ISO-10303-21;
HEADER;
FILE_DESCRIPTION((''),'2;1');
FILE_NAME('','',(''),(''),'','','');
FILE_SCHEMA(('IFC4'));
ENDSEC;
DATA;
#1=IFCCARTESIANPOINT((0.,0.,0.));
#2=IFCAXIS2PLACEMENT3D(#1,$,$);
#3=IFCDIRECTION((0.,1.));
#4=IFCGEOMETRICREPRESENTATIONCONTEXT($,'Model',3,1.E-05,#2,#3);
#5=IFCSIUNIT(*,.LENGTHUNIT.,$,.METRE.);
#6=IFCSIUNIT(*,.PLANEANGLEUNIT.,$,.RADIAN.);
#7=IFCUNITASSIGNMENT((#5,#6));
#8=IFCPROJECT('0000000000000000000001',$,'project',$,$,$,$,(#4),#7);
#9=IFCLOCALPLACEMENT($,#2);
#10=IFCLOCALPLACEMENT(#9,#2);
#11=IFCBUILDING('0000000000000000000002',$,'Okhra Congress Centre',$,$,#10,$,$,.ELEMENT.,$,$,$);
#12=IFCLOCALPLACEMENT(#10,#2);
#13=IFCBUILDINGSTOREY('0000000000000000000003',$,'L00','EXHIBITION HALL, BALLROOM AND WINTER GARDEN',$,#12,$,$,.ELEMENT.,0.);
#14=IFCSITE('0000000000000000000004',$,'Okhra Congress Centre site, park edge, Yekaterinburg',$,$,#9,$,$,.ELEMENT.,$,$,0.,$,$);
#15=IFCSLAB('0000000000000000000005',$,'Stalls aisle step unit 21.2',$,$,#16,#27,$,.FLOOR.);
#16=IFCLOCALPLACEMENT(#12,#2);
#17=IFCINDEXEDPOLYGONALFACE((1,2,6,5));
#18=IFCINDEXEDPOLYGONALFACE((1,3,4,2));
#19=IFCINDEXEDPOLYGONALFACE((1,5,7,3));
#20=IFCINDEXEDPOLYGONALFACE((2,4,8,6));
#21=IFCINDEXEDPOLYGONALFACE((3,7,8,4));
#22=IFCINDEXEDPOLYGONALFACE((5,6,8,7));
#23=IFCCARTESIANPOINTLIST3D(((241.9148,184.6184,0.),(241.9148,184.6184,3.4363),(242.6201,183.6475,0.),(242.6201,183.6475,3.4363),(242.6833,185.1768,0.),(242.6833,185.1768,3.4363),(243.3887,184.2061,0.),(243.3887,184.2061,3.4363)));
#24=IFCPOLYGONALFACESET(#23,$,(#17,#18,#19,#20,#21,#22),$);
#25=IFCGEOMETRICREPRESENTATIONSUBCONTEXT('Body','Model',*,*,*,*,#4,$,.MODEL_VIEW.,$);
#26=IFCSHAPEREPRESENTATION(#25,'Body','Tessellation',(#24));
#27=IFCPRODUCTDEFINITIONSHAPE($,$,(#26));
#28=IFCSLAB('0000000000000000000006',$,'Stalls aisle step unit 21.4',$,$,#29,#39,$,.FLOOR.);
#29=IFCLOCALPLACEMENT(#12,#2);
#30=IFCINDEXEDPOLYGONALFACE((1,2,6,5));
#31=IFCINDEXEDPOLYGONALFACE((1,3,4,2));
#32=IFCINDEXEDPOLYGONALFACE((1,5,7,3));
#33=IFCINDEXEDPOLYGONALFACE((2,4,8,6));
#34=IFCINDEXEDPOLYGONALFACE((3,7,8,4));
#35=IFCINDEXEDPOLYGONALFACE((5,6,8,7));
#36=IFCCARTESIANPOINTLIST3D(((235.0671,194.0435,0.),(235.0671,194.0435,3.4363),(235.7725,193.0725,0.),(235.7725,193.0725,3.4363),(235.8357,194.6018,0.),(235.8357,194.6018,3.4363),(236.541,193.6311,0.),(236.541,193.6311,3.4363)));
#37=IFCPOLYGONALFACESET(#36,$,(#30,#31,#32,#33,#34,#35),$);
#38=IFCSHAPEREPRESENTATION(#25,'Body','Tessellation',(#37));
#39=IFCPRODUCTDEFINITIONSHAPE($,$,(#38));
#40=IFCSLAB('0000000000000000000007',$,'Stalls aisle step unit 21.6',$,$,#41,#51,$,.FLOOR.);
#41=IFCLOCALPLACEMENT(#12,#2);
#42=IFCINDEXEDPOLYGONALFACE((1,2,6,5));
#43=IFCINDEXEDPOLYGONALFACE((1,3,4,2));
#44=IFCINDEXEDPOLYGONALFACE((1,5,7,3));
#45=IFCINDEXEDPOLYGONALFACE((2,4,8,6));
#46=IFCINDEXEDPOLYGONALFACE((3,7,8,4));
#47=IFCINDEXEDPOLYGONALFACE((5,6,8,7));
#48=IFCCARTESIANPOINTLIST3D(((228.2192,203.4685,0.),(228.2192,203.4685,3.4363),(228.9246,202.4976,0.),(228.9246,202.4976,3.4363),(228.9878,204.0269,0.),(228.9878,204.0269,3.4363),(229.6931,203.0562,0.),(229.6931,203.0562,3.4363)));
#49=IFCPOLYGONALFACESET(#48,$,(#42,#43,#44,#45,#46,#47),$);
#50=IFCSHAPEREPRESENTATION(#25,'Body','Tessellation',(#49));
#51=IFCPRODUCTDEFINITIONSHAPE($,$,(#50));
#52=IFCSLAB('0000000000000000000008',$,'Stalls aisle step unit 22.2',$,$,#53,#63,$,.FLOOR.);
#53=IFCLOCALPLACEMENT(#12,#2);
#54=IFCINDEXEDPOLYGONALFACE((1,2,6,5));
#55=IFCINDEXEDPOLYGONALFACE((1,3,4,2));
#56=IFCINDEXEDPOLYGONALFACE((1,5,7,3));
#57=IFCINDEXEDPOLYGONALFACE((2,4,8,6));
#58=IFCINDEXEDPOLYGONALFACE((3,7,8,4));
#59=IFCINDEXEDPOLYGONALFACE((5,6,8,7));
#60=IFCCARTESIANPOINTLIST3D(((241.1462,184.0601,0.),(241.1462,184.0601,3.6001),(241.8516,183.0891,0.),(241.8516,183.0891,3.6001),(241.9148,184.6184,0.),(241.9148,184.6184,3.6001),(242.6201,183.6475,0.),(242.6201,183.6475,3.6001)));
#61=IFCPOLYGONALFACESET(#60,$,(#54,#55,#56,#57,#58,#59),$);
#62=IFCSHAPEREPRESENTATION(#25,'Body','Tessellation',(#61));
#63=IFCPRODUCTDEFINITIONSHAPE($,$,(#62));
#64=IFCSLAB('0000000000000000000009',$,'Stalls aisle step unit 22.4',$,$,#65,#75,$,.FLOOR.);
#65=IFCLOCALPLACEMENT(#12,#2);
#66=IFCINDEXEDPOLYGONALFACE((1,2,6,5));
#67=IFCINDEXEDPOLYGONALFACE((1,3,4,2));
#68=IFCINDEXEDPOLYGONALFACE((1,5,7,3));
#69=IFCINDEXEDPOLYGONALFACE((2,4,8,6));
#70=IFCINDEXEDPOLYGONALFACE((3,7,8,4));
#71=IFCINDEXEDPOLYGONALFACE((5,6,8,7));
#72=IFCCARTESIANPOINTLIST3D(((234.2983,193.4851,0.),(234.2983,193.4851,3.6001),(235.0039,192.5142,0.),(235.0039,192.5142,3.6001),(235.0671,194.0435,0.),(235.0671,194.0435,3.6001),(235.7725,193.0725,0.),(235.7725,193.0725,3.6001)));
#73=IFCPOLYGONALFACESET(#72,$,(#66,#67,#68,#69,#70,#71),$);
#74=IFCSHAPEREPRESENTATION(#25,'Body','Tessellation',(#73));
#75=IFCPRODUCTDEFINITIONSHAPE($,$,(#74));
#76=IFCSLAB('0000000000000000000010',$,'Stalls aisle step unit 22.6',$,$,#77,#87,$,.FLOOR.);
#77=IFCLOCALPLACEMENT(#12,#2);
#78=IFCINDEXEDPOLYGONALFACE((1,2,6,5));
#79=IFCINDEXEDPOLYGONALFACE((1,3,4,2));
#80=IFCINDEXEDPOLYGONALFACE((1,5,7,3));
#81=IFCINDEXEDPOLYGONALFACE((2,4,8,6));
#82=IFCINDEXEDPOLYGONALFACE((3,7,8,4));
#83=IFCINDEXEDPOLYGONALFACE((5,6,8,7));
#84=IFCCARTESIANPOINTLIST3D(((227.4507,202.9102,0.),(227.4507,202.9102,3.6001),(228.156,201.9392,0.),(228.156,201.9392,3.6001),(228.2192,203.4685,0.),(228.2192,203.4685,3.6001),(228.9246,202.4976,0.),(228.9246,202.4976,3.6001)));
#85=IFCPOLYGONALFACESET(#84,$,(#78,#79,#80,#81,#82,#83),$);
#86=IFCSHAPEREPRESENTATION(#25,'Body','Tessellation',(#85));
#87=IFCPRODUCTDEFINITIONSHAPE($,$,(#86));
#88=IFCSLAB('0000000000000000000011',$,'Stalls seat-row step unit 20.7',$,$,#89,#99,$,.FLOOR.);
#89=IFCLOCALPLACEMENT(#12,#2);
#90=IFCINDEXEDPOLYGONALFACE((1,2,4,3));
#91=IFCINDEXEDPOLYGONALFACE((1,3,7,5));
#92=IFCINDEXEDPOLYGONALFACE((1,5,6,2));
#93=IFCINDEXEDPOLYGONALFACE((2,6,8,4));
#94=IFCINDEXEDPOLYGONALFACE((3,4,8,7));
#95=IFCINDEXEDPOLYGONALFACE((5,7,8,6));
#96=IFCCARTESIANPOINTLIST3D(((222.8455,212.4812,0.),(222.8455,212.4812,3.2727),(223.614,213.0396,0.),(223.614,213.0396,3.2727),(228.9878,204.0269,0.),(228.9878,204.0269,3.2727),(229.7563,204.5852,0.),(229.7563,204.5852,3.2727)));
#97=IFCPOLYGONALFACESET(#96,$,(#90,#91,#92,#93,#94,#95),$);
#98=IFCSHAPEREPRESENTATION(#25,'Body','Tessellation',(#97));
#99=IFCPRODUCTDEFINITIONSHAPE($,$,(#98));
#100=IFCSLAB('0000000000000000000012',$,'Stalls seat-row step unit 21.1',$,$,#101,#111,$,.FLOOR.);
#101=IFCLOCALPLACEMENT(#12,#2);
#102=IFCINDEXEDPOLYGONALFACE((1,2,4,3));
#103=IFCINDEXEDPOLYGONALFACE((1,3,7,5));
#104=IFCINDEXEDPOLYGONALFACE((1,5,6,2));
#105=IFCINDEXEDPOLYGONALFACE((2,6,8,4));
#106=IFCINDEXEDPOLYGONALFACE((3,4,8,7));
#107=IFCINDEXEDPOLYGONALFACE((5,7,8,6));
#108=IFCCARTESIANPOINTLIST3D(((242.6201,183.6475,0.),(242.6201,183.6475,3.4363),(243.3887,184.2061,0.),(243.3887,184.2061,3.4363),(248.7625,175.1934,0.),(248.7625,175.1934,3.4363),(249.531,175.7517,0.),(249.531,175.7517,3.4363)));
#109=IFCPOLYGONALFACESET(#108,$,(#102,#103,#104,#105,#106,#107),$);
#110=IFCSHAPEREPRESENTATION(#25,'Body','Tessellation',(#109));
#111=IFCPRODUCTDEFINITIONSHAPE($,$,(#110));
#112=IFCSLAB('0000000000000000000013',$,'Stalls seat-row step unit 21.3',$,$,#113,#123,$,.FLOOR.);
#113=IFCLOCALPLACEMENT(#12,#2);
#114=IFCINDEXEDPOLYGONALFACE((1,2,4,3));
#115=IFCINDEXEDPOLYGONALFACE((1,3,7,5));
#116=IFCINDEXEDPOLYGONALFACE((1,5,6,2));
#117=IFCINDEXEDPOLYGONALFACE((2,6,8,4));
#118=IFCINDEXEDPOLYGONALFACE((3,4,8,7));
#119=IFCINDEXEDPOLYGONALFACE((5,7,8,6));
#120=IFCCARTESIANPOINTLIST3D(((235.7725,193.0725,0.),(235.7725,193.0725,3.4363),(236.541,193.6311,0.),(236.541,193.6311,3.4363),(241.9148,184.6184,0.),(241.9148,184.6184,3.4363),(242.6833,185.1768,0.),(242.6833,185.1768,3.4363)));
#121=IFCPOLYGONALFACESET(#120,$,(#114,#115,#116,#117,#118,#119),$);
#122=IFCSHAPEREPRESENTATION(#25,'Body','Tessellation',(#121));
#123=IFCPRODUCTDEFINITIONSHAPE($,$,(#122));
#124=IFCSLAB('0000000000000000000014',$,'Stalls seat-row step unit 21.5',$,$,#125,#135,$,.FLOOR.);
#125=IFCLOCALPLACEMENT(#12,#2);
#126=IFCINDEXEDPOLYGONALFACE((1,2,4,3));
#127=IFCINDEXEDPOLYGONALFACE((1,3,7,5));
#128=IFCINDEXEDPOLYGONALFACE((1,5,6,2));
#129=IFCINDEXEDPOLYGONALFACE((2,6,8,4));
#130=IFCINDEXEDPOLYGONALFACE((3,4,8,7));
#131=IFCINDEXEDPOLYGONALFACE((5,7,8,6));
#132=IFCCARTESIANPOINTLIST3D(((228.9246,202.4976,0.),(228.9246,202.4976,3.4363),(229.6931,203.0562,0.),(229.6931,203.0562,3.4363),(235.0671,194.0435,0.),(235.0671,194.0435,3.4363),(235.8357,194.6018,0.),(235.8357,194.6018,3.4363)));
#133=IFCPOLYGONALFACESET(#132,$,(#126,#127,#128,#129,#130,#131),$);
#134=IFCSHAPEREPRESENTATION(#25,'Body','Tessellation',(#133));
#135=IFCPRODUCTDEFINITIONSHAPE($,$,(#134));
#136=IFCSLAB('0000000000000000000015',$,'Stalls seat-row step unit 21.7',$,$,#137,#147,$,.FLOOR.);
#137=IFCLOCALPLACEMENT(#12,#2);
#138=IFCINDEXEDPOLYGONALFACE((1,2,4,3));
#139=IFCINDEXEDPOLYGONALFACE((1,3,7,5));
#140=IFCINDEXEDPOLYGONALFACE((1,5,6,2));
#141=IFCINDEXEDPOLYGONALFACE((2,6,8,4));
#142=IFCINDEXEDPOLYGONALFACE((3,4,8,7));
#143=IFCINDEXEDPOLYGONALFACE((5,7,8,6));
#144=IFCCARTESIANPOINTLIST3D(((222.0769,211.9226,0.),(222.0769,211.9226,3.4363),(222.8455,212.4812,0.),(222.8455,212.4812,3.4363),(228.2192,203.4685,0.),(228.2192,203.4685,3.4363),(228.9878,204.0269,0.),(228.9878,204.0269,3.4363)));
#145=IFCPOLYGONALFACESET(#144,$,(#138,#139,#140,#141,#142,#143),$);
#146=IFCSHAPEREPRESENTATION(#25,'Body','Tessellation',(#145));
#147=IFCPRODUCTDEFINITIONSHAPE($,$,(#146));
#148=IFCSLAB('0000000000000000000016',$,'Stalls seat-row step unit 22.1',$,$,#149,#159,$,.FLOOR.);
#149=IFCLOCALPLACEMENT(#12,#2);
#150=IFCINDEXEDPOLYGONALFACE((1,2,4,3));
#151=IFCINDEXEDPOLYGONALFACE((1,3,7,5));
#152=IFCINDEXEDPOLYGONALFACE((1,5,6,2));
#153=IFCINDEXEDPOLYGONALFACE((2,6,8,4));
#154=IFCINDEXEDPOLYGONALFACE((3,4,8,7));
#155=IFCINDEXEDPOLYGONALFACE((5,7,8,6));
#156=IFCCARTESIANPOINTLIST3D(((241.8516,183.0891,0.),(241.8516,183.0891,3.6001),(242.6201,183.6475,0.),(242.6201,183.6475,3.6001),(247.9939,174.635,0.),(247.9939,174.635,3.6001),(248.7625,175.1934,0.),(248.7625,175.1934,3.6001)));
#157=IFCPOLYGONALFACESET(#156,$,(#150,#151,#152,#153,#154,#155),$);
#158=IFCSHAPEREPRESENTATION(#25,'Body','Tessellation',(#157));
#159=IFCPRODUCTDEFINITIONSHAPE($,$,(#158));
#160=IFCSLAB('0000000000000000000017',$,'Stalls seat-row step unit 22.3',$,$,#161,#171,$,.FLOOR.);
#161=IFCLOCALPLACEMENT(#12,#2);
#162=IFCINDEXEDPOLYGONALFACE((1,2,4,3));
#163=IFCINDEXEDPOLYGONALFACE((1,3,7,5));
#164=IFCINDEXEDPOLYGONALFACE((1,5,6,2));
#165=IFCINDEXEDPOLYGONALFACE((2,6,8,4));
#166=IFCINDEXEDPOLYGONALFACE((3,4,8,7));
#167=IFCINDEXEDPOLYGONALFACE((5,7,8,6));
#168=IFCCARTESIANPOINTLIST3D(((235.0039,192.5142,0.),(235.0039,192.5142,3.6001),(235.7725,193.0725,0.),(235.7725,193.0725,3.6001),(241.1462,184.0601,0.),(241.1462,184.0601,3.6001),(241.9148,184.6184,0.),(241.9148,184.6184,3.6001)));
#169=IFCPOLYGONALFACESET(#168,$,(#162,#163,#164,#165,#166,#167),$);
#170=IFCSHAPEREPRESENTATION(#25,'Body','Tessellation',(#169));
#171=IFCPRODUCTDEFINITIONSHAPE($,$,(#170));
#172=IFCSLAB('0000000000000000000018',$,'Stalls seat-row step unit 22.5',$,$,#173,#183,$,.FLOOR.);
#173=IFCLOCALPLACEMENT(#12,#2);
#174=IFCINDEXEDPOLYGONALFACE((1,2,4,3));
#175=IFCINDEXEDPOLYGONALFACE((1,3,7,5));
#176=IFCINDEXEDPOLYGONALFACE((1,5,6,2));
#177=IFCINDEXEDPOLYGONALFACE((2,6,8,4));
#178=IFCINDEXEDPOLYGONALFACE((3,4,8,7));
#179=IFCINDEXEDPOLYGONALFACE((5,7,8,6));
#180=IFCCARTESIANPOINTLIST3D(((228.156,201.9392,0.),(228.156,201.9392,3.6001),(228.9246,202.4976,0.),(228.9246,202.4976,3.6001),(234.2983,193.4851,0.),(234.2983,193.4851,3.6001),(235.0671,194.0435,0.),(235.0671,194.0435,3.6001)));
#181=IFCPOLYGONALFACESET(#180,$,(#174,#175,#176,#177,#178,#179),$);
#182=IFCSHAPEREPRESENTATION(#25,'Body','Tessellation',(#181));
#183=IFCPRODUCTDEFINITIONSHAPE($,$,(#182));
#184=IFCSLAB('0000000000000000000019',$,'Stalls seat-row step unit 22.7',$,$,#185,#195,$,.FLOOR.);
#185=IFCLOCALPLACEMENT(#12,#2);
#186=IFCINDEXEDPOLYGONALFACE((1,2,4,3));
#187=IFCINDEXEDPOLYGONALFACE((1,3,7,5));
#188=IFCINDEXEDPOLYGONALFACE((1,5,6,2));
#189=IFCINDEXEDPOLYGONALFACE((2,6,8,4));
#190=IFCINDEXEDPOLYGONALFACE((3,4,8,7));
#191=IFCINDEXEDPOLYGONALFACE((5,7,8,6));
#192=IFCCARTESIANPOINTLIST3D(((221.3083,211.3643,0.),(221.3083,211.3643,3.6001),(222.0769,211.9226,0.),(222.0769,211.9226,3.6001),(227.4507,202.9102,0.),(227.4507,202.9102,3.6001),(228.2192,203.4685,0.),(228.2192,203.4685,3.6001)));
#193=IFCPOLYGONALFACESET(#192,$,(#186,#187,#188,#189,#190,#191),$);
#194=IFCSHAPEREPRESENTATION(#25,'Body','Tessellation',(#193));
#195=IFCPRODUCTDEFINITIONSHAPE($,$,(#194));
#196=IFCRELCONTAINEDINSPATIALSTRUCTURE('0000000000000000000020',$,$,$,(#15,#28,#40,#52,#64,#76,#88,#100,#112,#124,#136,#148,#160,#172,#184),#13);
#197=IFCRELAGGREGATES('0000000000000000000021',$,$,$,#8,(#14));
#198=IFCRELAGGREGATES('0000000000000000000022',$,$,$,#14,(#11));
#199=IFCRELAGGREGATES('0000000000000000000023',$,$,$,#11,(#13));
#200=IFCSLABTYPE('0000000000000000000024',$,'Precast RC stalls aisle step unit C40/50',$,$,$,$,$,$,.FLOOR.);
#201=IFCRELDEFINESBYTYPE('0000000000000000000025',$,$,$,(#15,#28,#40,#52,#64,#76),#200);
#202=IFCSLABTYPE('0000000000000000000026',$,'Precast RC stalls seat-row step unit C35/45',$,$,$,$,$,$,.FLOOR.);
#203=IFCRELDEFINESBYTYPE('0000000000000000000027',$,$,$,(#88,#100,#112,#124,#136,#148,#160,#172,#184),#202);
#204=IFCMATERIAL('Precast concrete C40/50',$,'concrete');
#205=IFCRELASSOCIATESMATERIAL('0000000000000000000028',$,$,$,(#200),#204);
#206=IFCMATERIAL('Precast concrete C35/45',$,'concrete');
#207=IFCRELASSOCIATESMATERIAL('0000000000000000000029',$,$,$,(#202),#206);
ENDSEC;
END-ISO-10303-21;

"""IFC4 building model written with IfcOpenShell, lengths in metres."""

from ifc_helpers import new_model, si_unit, direction, origin, place, context, subcontext, project, spatial, polyline, outline, extrude, material, type_object, element, save


model = new_model("IFC4")

# Units and contexts
model_context = context("Model", 3, precision=1e-05, world=origin(), true_north=direction((0.0, 1.0)))
body_context = subcontext(model_context, "Body", "Model", "MODEL_VIEW")
ifc_project = project(units=[si_unit("LENGTHUNIT", "METRE"), si_unit("PLANEANGLEUNIT", "RADIAN")], contexts=[model_context])

# Site, building, storey
site_placement = place(None, origin())
site = spatial("IfcSite", under=ifc_project, at=site_placement, Name="Okhra Congress Centre site, park edge, Yekaterinburg", CompositionType="ELEMENT", RefElevation=0.0)
building_placement = place(site_placement, origin())
building = spatial("IfcBuilding", under=site, at=building_placement, Name="Okhra Congress Centre", CompositionType="ELEMENT")
storey_placement = place(building_placement, origin())
storey = spatial("IfcBuildingStorey", under=building, at=storey_placement, Name="L00", Description="EXHIBITION HALL, BALLROOM AND WINTER GARDEN", CompositionType="ELEMENT", Elevation=0.0)

# Slabs
ifc_material_1 = material(Name="Precast concrete C40/50", Category="concrete")
slab_type_1 = type_object("IfcSlabType", Name="Precast RC stalls aisle step unit C40/50", PredefinedType="FLOOR", material=ifc_material_1)
slab_1_placement = place(storey_placement, origin())
element("IfcSlab", 1, at=slab_1_placement, inside=storey, type_object=slab_type_1, Name="Stalls aisle step unit 21.2", PredefinedType="FLOOR", context=body_context, shape_type="SweptSolid", body=[
    extrude(outline(polyline([(242.6201, 183.6475), (243.3887, 184.2061), (242.6833, 185.1768), (241.9148, 184.6184), (242.6201, 183.6475)])), origin(), (0.0, 0.0, 1.0), 3.4363),
])
slab_2_placement = place(storey_placement, origin())
element("IfcSlab", 2, at=slab_2_placement, inside=storey, type_object=slab_type_1, Name="Stalls aisle step unit 21.4", PredefinedType="FLOOR", context=body_context, shape_type="SweptSolid", body=[
    extrude(outline(polyline([(235.7725, 193.0725), (236.541, 193.6311), (235.8357, 194.6018), (235.0671, 194.0435), (235.7725, 193.0725)])), origin(), (0.0, 0.0, 1.0), 3.4363),
])
slab_3_placement = place(storey_placement, origin())
element("IfcSlab", 3, at=slab_3_placement, inside=storey, type_object=slab_type_1, Name="Stalls aisle step unit 21.6", PredefinedType="FLOOR", context=body_context, shape_type="SweptSolid", body=[
    extrude(outline(polyline([(228.9246, 202.4976), (229.6931, 203.0562), (228.9878, 204.0269), (228.2192, 203.4685), (228.9246, 202.4976)])), origin(), (0.0, 0.0, 1.0), 3.4363),
])
slab_4_placement = place(storey_placement, origin())
element("IfcSlab", 4, at=slab_4_placement, inside=storey, type_object=slab_type_1, Name="Stalls aisle step unit 22.2", PredefinedType="FLOOR", context=body_context, shape_type="SweptSolid", body=[
    extrude(outline(polyline([(241.8516, 183.0891), (242.6201, 183.6475), (241.9148, 184.6184), (241.1462, 184.0601), (241.8516, 183.0891)])), origin(), (0.0, 0.0, 1.0), 3.6001),
])
slab_5_placement = place(storey_placement, origin())
element("IfcSlab", 5, at=slab_5_placement, inside=storey, type_object=slab_type_1, Name="Stalls aisle step unit 22.4", PredefinedType="FLOOR", context=body_context, shape_type="SweptSolid", body=[
    extrude(outline(polyline([(235.0039, 192.5142), (235.7725, 193.0725), (235.0671, 194.0435), (234.2983, 193.4851), (235.0039, 192.5142)])), origin(), (0.0, 0.0, 1.0), 3.6001),
])
slab_6_placement = place(storey_placement, origin())
element("IfcSlab", 6, at=slab_6_placement, inside=storey, type_object=slab_type_1, Name="Stalls aisle step unit 22.6", PredefinedType="FLOOR", context=body_context, shape_type="SweptSolid", body=[
    extrude(outline(polyline([(228.156, 201.9392), (228.9246, 202.4976), (228.2192, 203.4685), (227.4507, 202.9102), (228.156, 201.9392)])), origin(), (0.0, 0.0, 1.0), 3.6001),
])
ifc_material_2 = material(Name="Precast concrete C35/45", Category="concrete")
slab_type_2 = type_object("IfcSlabType", Name="Precast RC stalls seat-row step unit C35/45", PredefinedType="FLOOR", material=ifc_material_2)
slab_7_placement = place(storey_placement, origin())
element("IfcSlab", 7, at=slab_7_placement, inside=storey, type_object=slab_type_2, Name="Stalls seat-row step unit 20.7", PredefinedType="FLOOR", context=body_context, shape_type="SweptSolid", body=[
    extrude(outline(polyline([(228.9878, 204.0269), (229.7563, 204.5852), (223.614, 213.0396), (222.8455, 212.4812), (228.9878, 204.0269)])), origin(), (0.0, 0.0, 1.0), 3.2727),
])
slab_8_placement = place(storey_placement, origin())
element("IfcSlab", 8, at=slab_8_placement, inside=storey, type_object=slab_type_2, Name="Stalls seat-row step unit 21.1", PredefinedType="FLOOR", context=body_context, shape_type="SweptSolid", body=[
    extrude(outline(polyline([(248.7625, 175.1934), (249.531, 175.7517), (243.3887, 184.2061), (242.6201, 183.6475), (248.7625, 175.1934)])), origin(), (0.0, 0.0, 1.0), 3.4363),
])
slab_9_placement = place(storey_placement, origin())
element("IfcSlab", 9, at=slab_9_placement, inside=storey, type_object=slab_type_2, Name="Stalls seat-row step unit 21.3", PredefinedType="FLOOR", context=body_context, shape_type="SweptSolid", body=[
    extrude(outline(polyline([(241.9148, 184.6184), (242.6833, 185.1768), (236.541, 193.6311), (235.7725, 193.0725), (241.9148, 184.6184)])), origin(), (0.0, 0.0, 1.0), 3.4363),
])
slab_10_placement = place(storey_placement, origin())
element("IfcSlab", 10, at=slab_10_placement, inside=storey, type_object=slab_type_2, Name="Stalls seat-row step unit 21.5", PredefinedType="FLOOR", context=body_context, shape_type="SweptSolid", body=[
    extrude(outline(polyline([(235.0671, 194.0435), (235.8357, 194.6018), (229.6931, 203.0562), (228.9246, 202.4976), (235.0671, 194.0435)])), origin(), (0.0, 0.0, 1.0), 3.4363),
])
slab_11_placement = place(storey_placement, origin())
element("IfcSlab", 11, at=slab_11_placement, inside=storey, type_object=slab_type_2, Name="Stalls seat-row step unit 21.7", PredefinedType="FLOOR", context=body_context, shape_type="SweptSolid", body=[
    extrude(outline(polyline([(228.2192, 203.4685), (228.9878, 204.0269), (222.8455, 212.4812), (222.0769, 211.9226), (228.2192, 203.4685)])), origin(), (0.0, 0.0, 1.0), 3.4363),
])
slab_12_placement = place(storey_placement, origin())
element("IfcSlab", 12, at=slab_12_placement, inside=storey, type_object=slab_type_2, Name="Stalls seat-row step unit 22.1", PredefinedType="FLOOR", context=body_context, shape_type="SweptSolid", body=[
    extrude(outline(polyline([(247.9939, 174.635), (248.7625, 175.1934), (242.6201, 183.6475), (241.8516, 183.0891), (247.9939, 174.635)])), origin(), (0.0, 0.0, 1.0), 3.6001),
])
slab_13_placement = place(storey_placement, origin())
element("IfcSlab", 13, at=slab_13_placement, inside=storey, type_object=slab_type_2, Name="Stalls seat-row step unit 22.3", PredefinedType="FLOOR", context=body_context, shape_type="SweptSolid", body=[
    extrude(outline(polyline([(241.1462, 184.0601), (241.9148, 184.6184), (235.7725, 193.0725), (235.0039, 192.5142), (241.1462, 184.0601)])), origin(), (0.0, 0.0, 1.0), 3.6001),
])
slab_14_placement = place(storey_placement, origin())
element("IfcSlab", 14, at=slab_14_placement, inside=storey, type_object=slab_type_2, Name="Stalls seat-row step unit 22.5", PredefinedType="FLOOR", context=body_context, shape_type="SweptSolid", body=[
    extrude(outline(polyline([(234.2983, 193.4851), (235.0671, 194.0435), (228.9246, 202.4976), (228.156, 201.9392), (234.2983, 193.4851)])), origin(), (0.0, 0.0, 1.0), 3.6001),
])
slab_15_placement = place(storey_placement, origin())
element("IfcSlab", 15, at=slab_15_placement, inside=storey, type_object=slab_type_2, Name="Stalls seat-row step unit 22.7", PredefinedType="FLOOR", context=body_context, shape_type="SweptSolid", body=[
    extrude(outline(polyline([(227.4507, 202.9102), (228.2192, 203.4685), (222.0769, 211.9226), (221.3083, 211.3643), (227.4507, 202.9102)])), origin(), (0.0, 0.0, 1.0), 3.6001),
])

save(model, "model.ifc")
